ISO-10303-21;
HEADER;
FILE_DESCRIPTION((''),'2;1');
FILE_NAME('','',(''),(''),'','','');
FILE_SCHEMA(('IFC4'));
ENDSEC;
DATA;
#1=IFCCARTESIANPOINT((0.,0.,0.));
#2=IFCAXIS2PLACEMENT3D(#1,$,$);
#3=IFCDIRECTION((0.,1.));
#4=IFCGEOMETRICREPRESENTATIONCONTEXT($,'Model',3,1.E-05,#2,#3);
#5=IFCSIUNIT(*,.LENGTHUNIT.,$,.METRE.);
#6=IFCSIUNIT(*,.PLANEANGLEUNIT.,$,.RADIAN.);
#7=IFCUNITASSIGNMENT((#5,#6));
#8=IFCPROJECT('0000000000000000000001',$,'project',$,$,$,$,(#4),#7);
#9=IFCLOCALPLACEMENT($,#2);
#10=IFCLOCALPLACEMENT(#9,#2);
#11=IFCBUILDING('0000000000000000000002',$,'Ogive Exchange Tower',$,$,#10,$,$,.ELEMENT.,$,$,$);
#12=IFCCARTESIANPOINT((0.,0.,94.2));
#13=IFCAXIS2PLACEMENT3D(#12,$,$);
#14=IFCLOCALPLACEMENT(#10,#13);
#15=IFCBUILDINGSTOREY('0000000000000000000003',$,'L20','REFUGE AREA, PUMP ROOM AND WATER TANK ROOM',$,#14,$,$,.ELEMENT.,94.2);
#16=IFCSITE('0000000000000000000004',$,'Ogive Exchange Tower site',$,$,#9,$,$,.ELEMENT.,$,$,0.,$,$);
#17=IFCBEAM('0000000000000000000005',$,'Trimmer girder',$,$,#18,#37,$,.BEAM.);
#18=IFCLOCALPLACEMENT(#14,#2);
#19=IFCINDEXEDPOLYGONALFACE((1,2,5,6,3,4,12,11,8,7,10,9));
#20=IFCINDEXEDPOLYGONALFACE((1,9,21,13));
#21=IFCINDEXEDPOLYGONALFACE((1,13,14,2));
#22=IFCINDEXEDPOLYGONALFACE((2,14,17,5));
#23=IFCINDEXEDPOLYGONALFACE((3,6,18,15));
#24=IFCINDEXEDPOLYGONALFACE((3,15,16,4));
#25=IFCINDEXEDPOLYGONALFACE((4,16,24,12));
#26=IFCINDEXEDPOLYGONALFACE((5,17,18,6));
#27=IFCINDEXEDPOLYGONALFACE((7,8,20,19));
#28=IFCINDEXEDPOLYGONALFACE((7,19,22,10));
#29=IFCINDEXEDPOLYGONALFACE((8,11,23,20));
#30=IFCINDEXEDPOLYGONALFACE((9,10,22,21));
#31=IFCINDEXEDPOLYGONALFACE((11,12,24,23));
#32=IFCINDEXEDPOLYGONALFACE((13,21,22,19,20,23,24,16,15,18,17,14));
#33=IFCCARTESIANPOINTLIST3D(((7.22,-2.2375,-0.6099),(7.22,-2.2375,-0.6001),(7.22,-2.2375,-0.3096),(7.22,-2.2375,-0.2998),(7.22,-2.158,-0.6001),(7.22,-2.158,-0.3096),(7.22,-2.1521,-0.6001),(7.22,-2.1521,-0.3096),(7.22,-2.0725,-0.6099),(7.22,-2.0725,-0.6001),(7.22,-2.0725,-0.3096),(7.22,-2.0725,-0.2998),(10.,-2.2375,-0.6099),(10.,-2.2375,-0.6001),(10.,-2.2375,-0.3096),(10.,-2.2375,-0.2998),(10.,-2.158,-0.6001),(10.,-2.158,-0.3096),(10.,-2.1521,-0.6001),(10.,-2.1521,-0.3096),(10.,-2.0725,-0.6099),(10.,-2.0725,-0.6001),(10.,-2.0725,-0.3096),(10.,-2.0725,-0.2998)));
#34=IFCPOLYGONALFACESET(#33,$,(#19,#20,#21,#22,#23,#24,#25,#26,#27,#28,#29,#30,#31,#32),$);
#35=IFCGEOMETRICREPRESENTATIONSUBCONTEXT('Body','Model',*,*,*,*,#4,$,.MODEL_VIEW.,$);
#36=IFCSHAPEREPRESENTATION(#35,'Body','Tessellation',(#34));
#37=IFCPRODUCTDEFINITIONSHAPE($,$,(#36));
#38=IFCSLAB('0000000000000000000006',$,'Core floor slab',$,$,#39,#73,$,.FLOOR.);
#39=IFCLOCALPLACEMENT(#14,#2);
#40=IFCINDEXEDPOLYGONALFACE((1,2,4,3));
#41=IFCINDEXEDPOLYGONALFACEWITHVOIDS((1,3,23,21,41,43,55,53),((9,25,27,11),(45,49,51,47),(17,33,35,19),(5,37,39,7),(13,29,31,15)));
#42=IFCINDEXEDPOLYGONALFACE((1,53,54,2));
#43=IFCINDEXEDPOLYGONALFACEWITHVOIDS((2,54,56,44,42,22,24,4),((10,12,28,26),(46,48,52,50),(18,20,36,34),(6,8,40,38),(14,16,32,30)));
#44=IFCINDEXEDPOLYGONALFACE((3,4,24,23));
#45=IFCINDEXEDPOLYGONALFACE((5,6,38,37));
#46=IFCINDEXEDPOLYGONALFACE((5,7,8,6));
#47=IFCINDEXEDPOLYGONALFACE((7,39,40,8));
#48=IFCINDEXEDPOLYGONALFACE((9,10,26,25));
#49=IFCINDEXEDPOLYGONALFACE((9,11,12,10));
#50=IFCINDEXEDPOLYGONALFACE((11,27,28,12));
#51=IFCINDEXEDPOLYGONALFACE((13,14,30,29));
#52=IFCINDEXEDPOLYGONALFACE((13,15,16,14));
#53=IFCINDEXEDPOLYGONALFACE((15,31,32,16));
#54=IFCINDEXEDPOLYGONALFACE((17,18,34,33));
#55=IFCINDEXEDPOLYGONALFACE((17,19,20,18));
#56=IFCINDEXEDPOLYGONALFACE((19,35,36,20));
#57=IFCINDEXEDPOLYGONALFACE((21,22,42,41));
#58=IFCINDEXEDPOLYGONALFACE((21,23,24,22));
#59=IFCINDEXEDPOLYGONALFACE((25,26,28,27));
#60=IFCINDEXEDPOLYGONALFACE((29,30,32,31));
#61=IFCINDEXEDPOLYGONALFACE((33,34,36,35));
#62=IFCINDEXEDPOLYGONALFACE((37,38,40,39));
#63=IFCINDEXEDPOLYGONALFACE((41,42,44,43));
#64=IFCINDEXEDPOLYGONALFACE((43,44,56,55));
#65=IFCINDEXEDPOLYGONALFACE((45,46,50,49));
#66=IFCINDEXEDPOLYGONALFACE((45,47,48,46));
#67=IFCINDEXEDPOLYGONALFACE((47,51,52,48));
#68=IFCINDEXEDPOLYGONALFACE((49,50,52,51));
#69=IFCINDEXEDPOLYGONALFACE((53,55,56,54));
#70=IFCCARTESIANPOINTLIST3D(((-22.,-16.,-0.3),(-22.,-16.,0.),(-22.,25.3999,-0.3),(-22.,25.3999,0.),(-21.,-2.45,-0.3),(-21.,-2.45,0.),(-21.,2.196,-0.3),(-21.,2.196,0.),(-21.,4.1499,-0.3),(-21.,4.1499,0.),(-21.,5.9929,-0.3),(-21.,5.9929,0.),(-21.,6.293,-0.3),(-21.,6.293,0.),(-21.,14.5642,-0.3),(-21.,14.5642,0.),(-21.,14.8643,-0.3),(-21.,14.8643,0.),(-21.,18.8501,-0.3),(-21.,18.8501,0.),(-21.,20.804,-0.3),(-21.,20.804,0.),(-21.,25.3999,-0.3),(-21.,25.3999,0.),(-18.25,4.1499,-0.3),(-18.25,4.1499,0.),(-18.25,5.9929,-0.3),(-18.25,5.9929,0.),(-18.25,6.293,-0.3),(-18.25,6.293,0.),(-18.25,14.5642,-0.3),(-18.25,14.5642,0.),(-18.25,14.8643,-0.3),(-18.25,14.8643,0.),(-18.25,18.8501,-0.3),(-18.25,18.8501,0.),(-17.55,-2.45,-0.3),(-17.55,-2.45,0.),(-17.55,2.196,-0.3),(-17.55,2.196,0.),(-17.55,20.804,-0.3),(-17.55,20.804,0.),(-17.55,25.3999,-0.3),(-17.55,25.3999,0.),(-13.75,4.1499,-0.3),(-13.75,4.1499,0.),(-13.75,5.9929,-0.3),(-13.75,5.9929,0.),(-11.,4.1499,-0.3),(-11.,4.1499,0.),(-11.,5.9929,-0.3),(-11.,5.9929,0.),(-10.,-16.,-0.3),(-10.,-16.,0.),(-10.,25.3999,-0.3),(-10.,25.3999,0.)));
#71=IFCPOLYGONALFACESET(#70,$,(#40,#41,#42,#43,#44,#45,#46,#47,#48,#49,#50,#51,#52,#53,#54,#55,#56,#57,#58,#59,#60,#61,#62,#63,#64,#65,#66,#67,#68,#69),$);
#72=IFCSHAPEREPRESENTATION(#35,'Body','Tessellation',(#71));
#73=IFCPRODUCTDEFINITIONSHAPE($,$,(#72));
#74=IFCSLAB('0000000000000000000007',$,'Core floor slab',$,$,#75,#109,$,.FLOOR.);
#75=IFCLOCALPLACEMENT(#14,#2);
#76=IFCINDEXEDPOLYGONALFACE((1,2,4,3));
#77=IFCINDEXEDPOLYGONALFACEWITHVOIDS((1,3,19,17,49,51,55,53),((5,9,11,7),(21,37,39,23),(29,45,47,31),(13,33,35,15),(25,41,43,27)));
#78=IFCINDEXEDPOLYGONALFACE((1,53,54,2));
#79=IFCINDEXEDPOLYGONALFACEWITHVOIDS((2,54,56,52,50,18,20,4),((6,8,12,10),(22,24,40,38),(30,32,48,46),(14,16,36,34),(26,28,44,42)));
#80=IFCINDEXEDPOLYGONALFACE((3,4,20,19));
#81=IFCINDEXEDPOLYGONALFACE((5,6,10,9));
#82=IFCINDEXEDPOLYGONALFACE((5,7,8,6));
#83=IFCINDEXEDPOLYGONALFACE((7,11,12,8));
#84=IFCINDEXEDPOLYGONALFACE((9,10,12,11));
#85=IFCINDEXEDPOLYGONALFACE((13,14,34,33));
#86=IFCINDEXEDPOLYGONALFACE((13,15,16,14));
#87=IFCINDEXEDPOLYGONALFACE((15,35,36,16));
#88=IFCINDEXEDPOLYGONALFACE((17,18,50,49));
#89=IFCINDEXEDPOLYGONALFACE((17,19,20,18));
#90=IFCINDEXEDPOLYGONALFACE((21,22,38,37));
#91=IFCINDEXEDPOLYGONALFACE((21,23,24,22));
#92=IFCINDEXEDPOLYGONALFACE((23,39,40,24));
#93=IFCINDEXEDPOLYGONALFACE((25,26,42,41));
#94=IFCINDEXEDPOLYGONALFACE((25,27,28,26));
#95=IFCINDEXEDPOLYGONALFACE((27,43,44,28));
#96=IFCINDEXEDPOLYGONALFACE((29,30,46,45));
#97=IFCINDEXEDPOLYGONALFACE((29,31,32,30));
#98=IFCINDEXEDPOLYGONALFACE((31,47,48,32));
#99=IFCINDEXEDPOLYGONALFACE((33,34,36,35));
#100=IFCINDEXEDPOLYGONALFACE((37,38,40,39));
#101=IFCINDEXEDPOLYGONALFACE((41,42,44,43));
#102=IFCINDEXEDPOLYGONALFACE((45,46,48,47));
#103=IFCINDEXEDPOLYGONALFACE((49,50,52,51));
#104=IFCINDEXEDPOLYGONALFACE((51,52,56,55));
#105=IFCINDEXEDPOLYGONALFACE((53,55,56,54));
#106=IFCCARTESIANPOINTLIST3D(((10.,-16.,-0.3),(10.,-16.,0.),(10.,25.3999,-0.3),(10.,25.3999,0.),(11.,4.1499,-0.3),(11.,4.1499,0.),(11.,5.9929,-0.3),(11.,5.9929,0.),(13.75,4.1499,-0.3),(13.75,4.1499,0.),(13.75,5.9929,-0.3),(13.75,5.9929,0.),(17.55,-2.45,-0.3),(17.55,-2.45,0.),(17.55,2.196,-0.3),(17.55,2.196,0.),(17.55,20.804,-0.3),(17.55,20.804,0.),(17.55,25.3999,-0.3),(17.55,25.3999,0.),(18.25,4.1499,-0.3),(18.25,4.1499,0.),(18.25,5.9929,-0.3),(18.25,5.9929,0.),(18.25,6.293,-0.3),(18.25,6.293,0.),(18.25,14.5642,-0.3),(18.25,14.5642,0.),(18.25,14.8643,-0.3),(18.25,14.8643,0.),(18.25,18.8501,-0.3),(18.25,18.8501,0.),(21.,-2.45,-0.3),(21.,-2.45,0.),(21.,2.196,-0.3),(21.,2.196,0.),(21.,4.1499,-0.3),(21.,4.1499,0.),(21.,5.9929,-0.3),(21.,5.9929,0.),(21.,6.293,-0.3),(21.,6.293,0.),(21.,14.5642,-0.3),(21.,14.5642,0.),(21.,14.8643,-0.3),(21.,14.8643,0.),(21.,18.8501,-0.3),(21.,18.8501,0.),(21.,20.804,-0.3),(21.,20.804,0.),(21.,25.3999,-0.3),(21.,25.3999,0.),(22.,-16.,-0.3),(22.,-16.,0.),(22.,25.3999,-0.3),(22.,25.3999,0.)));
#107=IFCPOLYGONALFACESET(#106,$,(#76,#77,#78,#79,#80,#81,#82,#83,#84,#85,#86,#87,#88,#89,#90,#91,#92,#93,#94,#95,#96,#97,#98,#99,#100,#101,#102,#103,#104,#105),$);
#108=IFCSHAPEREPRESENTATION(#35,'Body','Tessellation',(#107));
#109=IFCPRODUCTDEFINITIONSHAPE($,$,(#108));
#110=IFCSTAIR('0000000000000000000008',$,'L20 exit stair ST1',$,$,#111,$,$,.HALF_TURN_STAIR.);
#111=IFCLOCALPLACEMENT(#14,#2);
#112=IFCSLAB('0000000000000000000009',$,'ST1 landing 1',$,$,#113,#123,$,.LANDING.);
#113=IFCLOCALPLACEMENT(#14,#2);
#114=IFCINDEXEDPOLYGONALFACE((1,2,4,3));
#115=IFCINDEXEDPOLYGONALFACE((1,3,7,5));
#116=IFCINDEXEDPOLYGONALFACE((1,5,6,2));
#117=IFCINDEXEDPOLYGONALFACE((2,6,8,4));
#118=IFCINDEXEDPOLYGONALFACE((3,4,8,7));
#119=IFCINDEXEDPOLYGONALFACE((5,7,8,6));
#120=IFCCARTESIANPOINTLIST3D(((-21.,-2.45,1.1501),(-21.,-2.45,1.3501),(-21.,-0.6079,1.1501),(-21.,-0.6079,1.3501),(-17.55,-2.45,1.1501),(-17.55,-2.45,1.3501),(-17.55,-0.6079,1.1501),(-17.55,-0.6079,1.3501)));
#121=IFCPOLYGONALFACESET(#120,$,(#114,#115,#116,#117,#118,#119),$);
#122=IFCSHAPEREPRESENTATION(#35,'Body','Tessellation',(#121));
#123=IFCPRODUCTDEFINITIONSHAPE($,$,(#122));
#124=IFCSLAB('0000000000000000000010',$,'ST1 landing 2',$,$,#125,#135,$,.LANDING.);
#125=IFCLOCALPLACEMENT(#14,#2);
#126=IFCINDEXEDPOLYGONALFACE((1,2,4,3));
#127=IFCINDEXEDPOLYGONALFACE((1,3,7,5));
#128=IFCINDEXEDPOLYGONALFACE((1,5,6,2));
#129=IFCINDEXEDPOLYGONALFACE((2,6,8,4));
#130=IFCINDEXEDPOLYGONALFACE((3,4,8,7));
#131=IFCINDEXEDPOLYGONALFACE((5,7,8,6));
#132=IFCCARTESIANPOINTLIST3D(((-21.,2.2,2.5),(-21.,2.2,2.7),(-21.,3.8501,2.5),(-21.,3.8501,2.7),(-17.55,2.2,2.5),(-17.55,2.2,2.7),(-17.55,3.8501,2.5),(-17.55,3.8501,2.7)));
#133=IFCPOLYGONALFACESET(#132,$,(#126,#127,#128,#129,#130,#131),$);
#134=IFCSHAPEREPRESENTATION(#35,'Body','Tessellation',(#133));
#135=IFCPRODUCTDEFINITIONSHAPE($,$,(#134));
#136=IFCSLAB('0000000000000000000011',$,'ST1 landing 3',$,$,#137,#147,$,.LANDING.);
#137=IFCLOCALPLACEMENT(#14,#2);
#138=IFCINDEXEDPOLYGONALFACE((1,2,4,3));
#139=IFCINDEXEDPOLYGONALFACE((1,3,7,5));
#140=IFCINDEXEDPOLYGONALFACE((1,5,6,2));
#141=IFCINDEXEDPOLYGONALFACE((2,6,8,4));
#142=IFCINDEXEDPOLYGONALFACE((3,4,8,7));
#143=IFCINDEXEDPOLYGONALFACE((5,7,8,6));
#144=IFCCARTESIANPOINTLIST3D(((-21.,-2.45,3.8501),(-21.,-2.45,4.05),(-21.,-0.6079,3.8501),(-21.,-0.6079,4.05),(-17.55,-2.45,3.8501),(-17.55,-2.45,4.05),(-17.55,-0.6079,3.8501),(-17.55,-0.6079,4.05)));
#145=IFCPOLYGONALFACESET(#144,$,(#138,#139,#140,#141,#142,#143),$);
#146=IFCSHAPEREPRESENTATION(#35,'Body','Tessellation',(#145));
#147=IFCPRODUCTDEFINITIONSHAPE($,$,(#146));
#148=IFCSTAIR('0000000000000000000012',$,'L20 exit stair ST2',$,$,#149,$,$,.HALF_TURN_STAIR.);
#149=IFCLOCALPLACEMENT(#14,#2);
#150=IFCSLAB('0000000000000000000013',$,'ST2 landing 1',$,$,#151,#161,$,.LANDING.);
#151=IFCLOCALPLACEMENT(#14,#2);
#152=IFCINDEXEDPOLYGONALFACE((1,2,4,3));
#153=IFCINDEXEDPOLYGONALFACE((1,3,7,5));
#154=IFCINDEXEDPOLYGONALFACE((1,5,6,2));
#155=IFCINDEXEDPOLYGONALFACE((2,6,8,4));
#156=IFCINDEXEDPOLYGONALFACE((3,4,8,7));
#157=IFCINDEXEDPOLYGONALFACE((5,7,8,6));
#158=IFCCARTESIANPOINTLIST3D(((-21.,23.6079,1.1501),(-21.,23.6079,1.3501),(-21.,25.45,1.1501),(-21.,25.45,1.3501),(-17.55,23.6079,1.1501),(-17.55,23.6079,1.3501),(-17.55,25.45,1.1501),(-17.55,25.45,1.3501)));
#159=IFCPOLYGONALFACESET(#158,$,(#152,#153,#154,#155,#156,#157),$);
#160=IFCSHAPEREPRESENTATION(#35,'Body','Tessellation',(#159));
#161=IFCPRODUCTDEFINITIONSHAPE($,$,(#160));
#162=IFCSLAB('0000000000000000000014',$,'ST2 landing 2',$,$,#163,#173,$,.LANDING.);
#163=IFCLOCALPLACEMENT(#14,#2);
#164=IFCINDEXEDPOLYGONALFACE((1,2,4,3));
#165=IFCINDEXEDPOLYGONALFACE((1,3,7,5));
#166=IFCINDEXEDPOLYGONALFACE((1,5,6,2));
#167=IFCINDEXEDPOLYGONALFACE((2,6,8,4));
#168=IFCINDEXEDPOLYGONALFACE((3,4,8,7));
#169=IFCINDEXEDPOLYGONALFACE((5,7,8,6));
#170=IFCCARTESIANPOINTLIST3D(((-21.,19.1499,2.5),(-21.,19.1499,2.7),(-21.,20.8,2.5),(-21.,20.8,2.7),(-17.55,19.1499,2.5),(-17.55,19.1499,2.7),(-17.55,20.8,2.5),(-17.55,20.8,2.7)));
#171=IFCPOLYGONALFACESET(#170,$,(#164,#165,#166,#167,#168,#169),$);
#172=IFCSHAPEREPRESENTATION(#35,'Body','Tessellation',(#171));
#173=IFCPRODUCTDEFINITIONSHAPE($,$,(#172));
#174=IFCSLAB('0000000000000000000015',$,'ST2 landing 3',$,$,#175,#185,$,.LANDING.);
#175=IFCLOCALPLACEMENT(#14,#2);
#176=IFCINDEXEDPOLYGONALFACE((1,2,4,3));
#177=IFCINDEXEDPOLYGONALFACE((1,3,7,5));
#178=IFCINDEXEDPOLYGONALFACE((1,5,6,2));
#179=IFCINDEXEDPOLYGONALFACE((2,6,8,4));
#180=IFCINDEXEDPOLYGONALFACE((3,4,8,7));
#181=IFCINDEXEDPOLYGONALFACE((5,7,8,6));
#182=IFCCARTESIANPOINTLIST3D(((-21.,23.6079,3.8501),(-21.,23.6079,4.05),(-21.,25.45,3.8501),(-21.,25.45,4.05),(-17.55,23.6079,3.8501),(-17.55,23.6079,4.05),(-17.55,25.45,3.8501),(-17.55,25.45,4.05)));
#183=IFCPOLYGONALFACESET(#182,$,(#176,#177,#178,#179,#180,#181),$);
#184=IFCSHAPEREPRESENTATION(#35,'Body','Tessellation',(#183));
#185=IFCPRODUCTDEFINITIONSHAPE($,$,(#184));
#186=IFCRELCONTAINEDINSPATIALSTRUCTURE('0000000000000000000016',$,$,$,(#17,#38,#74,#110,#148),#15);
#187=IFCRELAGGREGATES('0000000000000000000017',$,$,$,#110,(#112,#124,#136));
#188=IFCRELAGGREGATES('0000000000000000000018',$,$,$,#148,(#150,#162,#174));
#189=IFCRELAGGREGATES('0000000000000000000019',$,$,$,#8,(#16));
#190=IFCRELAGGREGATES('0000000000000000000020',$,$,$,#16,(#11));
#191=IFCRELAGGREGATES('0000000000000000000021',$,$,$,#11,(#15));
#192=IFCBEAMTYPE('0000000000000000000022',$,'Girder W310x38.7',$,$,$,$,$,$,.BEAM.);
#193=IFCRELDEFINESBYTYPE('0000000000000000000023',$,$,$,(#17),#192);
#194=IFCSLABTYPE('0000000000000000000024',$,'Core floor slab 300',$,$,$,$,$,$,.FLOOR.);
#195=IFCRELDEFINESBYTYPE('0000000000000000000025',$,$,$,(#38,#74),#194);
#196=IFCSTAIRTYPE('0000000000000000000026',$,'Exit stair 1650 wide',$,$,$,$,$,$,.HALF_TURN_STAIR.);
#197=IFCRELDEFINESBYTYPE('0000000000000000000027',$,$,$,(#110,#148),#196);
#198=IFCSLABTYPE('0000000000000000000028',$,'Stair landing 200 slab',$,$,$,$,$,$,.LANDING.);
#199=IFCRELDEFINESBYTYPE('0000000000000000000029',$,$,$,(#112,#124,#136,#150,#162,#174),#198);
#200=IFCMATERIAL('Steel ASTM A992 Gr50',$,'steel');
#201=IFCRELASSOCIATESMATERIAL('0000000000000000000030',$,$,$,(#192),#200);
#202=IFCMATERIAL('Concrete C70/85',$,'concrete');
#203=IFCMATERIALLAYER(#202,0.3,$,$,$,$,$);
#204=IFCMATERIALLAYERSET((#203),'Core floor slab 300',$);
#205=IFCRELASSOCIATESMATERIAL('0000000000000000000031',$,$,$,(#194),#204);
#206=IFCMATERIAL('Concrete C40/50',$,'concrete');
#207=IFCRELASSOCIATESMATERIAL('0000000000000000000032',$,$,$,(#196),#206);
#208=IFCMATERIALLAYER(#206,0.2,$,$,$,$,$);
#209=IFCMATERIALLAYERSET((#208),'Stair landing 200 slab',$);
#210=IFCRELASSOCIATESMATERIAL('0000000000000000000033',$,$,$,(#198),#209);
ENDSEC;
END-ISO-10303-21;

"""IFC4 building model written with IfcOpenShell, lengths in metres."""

from ifc_helpers import new_model, si_unit, direction, frame, origin, origin_2d, place, context, subcontext, project, spatial, polyline, i_section, outline, extrude, material, layer, layer_set, material_profile, profile_set, type_object, element, aggregate, save


model = new_model("IFC4")

# Units and contexts
model_context = context("Model", 3, precision=1e-05, world=origin(), true_north=direction((0.0, 1.0)))
body_context = subcontext(model_context, "Body", "Model", "MODEL_VIEW")
ifc_project = project(units=[si_unit("LENGTHUNIT", "METRE"), si_unit("PLANEANGLEUNIT", "RADIAN")], contexts=[model_context])

# Site, building, storey
site_placement = place(None, origin())
site = spatial("IfcSite", under=ifc_project, at=site_placement, Name="Ogive Exchange Tower site", CompositionType="ELEMENT", RefElevation=0.0)
building_placement = place(site_placement, origin())
building = spatial("IfcBuilding", under=site, at=building_placement, Name="Ogive Exchange Tower", CompositionType="ELEMENT")
storey_placement = place(building_placement, frame((0.0, 0.0, 94.2)))
storey = spatial("IfcBuildingStorey", under=building, at=storey_placement, Name="L20", Description="REFUGE AREA, PUMP ROOM AND WATER TANK ROOM", CompositionType="ELEMENT", Elevation=94.2)

# Beam
ifc_material_1 = material(Name="Steel ASTM A992 Gr50", Category="steel")
ifc_material_profile = material_profile(ifc_material_1, i_section(OverallWidth=0.165, OverallDepth=0.3101, WebThickness=0.0059, FlangeThickness=0.0098, at=origin_2d()), Name="W310x38.7")
ifc_profile_set = profile_set([ifc_material_profile], Name="Steel ASTM A992 Gr50")
beam_type = type_object("IfcBeamType", Name="Girder W310x38.7", PredefinedType="BEAM", material=ifc_profile_set)
beam_placement = place(storey_placement, frame((7.22, -2.155, -0.4548), z_axis=(1.0, 0.0, 0.0), x_axis=(0.0, 1.0, 0.0)))
element("IfcBeam", 1, at=beam_placement, inside=storey, type_object=beam_type, Name="Trimmer girder", PredefinedType="BEAM", context=body_context, shape_type="SweptSolid", body=[
    extrude(i_section(OverallWidth=0.165, OverallDepth=0.3101, WebThickness=0.0059, FlangeThickness=0.0098, at=origin_2d()), origin(), (0.0, 0.0, 1.0), 2.78),
])

# Slabs
ifc_material_2 = material(Name="Concrete C70/85", Category="concrete")
ifc_layer_1 = layer(ifc_material_2, 0.3)
ifc_layer_set_1 = layer_set([ifc_layer_1], Name="Core floor slab 300")
slab_type_1 = type_object("IfcSlabType", Name="Core floor slab 300", PredefinedType="FLOOR", material=ifc_layer_set_1)
slab_1_placement = place(storey_placement, frame((0.0, 0.0, -0.3)))
element("IfcSlab", 2, at=slab_1_placement, inside=storey, type_object=slab_type_1, Name="Core floor slab", PredefinedType="FLOOR", context=body_context, shape_type="SweptSolid", body=[
    extrude(outline(polyline([(-10.0, 25.3999), (-10.0, -16.0), (-22.0, -16.0), (-22.0, 25.3999), (-21.0, 25.3999), (-21.0, 20.804), (-17.55, 20.804), (-17.55, 25.3999), (-10.0, 25.3999)]), holes=[polyline([(-17.55, 2.196), (-21.0, 2.196), (-21.0, -2.45), (-17.55, -2.45), (-17.55, 2.196)]), polyline([(-18.25, 5.9929), (-21.0, 5.9929), (-21.0, 4.1499), (-18.25, 4.1499), (-18.25, 5.9929)]), polyline([(-11.0, 5.9929), (-13.75, 5.9929), (-13.75, 4.1499), (-11.0, 4.1499), (-11.0, 5.9929)]), polyline([(-21.0, 14.5642), (-21.0, 6.293), (-18.25, 6.293), (-18.25, 14.5642), (-21.0, 14.5642)]), polyline([(-18.25, 18.8501), (-21.0, 18.8501), (-21.0, 14.8643), (-18.25, 14.8643), (-18.25, 18.8501)])]), origin(), (0.0, 0.0, 1.0), 0.3),
])
slab_2_placement = place(storey_placement, frame((0.0, 0.0, -0.3)))
element("IfcSlab", 3, at=slab_2_placement, inside=storey, type_object=slab_type_1, Name="Core floor slab", PredefinedType="FLOOR", context=body_context, shape_type="SweptSolid", body=[
    extrude(outline(polyline([(22.0, 25.3999), (22.0, -16.0), (10.0, -16.0), (10.0, 25.3999), (17.55, 25.3999), (17.55, 20.804), (21.0, 20.804), (21.0, 25.3999), (22.0, 25.3999)]), holes=[polyline([(21.0, 2.196), (17.55, 2.196), (17.55, -2.45), (21.0, -2.45), (21.0, 2.196)]), polyline([(13.75, 5.9929), (11.0, 5.9929), (11.0, 4.1499), (13.75, 4.1499), (13.75, 5.9929)]), polyline([(21.0, 5.9929), (18.25, 5.9929), (18.25, 4.1499), (21.0, 4.1499), (21.0, 5.9929)]), polyline([(18.25, 14.5642), (18.25, 6.293), (21.0, 6.293), (21.0, 14.5642), (18.25, 14.5642)]), polyline([(21.0, 18.8501), (18.25, 18.8501), (18.25, 14.8643), (21.0, 14.8643), (21.0, 18.8501)])]), origin(), (0.0, 0.0, 1.0), 0.3),
])

# Stairs, slabs
ifc_material_3 = material(Name="Concrete C40/50", Category="concrete")
stair_type = type_object("IfcStairType", Name="Exit stair 1650 wide", PredefinedType="HALF_TURN_STAIR", material=ifc_material_3)
stair_1_placement = place(storey_placement, origin())
stair_1 = element("IfcStair", 4, at=stair_1_placement, inside=storey, type_object=stair_type, Name="L20 exit stair ST1", PredefinedType="HALF_TURN_STAIR")
ifc_layer_2 = layer(ifc_material_3, 0.2)
ifc_layer_set_2 = layer_set([ifc_layer_2], Name="Stair landing 200 slab")
slab_type_2 = type_object("IfcSlabType", Name="Stair landing 200 slab", PredefinedType="LANDING", material=ifc_layer_set_2)
slab_3_placement = place(storey_placement, frame((0.0, 0.0, 1.1501)))
slab_3 = element("IfcSlab", 5, at=slab_3_placement, type_object=slab_type_2, Name="ST1 landing 1", PredefinedType="LANDING", context=body_context, shape_type="SweptSolid", body=[
    extrude(outline(polyline([(-21.0, -0.6079), (-21.0, -2.45), (-17.55, -2.45), (-17.55, -0.6079), (-21.0, -0.6079)])), origin(), (0.0, 0.0, 1.0), 0.2),
])
slab_4_placement = place(storey_placement, frame((0.0, 0.0, 2.5)))
slab_4 = element("IfcSlab", 6, at=slab_4_placement, type_object=slab_type_2, Name="ST1 landing 2", PredefinedType="LANDING", context=body_context, shape_type="SweptSolid", body=[
    extrude(outline(polyline([(-21.0, 3.8501), (-21.0, 2.2), (-17.55, 2.2), (-17.55, 3.8501), (-21.0, 3.8501)])), origin(), (0.0, 0.0, 1.0), 0.2),
])
slab_5_placement = place(storey_placement, frame((0.0, 0.0, 3.8501)))
slab_5 = element("IfcSlab", 7, at=slab_5_placement, type_object=slab_type_2, Name="ST1 landing 3", PredefinedType="LANDING", context=body_context, shape_type="SweptSolid", body=[
    extrude(outline(polyline([(-21.0, -0.6079), (-21.0, -2.45), (-17.55, -2.45), (-17.55, -0.6079), (-21.0, -0.6079)])), origin(), (0.0, 0.0, 1.0), 0.2),
])
aggregate(stair_1, [slab_3, slab_4, slab_5])
stair_2_placement = place(storey_placement, origin())
stair_2 = element("IfcStair", 8, at=stair_2_placement, inside=storey, type_object=stair_type, Name="L20 exit stair ST2", PredefinedType="HALF_TURN_STAIR")
slab_6_placement = place(storey_placement, frame((0.0, 0.0, 1.1501)))
slab_6 = element("IfcSlab", 9, at=slab_6_placement, type_object=slab_type_2, Name="ST2 landing 1", PredefinedType="LANDING", context=body_context, shape_type="SweptSolid", body=[
    extrude(outline(polyline([(-17.55, 23.6079), (-17.55, 25.45), (-21.0, 25.45), (-21.0, 23.6079), (-17.55, 23.6079)])), origin(), (0.0, 0.0, 1.0), 0.2),
])
slab_7_placement = place(storey_placement, frame((0.0, 0.0, 2.5)))
slab_7 = element("IfcSlab", 10, at=slab_7_placement, type_object=slab_type_2, Name="ST2 landing 2", PredefinedType="LANDING", context=body_context, shape_type="SweptSolid", body=[
    extrude(outline(polyline([(-17.55, 19.1499), (-17.55, 20.8), (-21.0, 20.8), (-21.0, 19.1499), (-17.55, 19.1499)])), origin(), (0.0, 0.0, 1.0), 0.2),
])
slab_8_placement = place(storey_placement, frame((0.0, 0.0, 3.8501)))
slab_8 = element("IfcSlab", 11, at=slab_8_placement, type_object=slab_type_2, Name="ST2 landing 3", PredefinedType="LANDING", context=body_context, shape_type="SweptSolid", body=[
    extrude(outline(polyline([(-17.55, 23.6079), (-17.55, 25.45), (-21.0, 25.45), (-21.0, 23.6079), (-17.55, 23.6079)])), origin(), (0.0, 0.0, 1.0), 0.2),
])
aggregate(stair_2, [slab_6, slab_7, slab_8])

save(model, "model.ifc")
